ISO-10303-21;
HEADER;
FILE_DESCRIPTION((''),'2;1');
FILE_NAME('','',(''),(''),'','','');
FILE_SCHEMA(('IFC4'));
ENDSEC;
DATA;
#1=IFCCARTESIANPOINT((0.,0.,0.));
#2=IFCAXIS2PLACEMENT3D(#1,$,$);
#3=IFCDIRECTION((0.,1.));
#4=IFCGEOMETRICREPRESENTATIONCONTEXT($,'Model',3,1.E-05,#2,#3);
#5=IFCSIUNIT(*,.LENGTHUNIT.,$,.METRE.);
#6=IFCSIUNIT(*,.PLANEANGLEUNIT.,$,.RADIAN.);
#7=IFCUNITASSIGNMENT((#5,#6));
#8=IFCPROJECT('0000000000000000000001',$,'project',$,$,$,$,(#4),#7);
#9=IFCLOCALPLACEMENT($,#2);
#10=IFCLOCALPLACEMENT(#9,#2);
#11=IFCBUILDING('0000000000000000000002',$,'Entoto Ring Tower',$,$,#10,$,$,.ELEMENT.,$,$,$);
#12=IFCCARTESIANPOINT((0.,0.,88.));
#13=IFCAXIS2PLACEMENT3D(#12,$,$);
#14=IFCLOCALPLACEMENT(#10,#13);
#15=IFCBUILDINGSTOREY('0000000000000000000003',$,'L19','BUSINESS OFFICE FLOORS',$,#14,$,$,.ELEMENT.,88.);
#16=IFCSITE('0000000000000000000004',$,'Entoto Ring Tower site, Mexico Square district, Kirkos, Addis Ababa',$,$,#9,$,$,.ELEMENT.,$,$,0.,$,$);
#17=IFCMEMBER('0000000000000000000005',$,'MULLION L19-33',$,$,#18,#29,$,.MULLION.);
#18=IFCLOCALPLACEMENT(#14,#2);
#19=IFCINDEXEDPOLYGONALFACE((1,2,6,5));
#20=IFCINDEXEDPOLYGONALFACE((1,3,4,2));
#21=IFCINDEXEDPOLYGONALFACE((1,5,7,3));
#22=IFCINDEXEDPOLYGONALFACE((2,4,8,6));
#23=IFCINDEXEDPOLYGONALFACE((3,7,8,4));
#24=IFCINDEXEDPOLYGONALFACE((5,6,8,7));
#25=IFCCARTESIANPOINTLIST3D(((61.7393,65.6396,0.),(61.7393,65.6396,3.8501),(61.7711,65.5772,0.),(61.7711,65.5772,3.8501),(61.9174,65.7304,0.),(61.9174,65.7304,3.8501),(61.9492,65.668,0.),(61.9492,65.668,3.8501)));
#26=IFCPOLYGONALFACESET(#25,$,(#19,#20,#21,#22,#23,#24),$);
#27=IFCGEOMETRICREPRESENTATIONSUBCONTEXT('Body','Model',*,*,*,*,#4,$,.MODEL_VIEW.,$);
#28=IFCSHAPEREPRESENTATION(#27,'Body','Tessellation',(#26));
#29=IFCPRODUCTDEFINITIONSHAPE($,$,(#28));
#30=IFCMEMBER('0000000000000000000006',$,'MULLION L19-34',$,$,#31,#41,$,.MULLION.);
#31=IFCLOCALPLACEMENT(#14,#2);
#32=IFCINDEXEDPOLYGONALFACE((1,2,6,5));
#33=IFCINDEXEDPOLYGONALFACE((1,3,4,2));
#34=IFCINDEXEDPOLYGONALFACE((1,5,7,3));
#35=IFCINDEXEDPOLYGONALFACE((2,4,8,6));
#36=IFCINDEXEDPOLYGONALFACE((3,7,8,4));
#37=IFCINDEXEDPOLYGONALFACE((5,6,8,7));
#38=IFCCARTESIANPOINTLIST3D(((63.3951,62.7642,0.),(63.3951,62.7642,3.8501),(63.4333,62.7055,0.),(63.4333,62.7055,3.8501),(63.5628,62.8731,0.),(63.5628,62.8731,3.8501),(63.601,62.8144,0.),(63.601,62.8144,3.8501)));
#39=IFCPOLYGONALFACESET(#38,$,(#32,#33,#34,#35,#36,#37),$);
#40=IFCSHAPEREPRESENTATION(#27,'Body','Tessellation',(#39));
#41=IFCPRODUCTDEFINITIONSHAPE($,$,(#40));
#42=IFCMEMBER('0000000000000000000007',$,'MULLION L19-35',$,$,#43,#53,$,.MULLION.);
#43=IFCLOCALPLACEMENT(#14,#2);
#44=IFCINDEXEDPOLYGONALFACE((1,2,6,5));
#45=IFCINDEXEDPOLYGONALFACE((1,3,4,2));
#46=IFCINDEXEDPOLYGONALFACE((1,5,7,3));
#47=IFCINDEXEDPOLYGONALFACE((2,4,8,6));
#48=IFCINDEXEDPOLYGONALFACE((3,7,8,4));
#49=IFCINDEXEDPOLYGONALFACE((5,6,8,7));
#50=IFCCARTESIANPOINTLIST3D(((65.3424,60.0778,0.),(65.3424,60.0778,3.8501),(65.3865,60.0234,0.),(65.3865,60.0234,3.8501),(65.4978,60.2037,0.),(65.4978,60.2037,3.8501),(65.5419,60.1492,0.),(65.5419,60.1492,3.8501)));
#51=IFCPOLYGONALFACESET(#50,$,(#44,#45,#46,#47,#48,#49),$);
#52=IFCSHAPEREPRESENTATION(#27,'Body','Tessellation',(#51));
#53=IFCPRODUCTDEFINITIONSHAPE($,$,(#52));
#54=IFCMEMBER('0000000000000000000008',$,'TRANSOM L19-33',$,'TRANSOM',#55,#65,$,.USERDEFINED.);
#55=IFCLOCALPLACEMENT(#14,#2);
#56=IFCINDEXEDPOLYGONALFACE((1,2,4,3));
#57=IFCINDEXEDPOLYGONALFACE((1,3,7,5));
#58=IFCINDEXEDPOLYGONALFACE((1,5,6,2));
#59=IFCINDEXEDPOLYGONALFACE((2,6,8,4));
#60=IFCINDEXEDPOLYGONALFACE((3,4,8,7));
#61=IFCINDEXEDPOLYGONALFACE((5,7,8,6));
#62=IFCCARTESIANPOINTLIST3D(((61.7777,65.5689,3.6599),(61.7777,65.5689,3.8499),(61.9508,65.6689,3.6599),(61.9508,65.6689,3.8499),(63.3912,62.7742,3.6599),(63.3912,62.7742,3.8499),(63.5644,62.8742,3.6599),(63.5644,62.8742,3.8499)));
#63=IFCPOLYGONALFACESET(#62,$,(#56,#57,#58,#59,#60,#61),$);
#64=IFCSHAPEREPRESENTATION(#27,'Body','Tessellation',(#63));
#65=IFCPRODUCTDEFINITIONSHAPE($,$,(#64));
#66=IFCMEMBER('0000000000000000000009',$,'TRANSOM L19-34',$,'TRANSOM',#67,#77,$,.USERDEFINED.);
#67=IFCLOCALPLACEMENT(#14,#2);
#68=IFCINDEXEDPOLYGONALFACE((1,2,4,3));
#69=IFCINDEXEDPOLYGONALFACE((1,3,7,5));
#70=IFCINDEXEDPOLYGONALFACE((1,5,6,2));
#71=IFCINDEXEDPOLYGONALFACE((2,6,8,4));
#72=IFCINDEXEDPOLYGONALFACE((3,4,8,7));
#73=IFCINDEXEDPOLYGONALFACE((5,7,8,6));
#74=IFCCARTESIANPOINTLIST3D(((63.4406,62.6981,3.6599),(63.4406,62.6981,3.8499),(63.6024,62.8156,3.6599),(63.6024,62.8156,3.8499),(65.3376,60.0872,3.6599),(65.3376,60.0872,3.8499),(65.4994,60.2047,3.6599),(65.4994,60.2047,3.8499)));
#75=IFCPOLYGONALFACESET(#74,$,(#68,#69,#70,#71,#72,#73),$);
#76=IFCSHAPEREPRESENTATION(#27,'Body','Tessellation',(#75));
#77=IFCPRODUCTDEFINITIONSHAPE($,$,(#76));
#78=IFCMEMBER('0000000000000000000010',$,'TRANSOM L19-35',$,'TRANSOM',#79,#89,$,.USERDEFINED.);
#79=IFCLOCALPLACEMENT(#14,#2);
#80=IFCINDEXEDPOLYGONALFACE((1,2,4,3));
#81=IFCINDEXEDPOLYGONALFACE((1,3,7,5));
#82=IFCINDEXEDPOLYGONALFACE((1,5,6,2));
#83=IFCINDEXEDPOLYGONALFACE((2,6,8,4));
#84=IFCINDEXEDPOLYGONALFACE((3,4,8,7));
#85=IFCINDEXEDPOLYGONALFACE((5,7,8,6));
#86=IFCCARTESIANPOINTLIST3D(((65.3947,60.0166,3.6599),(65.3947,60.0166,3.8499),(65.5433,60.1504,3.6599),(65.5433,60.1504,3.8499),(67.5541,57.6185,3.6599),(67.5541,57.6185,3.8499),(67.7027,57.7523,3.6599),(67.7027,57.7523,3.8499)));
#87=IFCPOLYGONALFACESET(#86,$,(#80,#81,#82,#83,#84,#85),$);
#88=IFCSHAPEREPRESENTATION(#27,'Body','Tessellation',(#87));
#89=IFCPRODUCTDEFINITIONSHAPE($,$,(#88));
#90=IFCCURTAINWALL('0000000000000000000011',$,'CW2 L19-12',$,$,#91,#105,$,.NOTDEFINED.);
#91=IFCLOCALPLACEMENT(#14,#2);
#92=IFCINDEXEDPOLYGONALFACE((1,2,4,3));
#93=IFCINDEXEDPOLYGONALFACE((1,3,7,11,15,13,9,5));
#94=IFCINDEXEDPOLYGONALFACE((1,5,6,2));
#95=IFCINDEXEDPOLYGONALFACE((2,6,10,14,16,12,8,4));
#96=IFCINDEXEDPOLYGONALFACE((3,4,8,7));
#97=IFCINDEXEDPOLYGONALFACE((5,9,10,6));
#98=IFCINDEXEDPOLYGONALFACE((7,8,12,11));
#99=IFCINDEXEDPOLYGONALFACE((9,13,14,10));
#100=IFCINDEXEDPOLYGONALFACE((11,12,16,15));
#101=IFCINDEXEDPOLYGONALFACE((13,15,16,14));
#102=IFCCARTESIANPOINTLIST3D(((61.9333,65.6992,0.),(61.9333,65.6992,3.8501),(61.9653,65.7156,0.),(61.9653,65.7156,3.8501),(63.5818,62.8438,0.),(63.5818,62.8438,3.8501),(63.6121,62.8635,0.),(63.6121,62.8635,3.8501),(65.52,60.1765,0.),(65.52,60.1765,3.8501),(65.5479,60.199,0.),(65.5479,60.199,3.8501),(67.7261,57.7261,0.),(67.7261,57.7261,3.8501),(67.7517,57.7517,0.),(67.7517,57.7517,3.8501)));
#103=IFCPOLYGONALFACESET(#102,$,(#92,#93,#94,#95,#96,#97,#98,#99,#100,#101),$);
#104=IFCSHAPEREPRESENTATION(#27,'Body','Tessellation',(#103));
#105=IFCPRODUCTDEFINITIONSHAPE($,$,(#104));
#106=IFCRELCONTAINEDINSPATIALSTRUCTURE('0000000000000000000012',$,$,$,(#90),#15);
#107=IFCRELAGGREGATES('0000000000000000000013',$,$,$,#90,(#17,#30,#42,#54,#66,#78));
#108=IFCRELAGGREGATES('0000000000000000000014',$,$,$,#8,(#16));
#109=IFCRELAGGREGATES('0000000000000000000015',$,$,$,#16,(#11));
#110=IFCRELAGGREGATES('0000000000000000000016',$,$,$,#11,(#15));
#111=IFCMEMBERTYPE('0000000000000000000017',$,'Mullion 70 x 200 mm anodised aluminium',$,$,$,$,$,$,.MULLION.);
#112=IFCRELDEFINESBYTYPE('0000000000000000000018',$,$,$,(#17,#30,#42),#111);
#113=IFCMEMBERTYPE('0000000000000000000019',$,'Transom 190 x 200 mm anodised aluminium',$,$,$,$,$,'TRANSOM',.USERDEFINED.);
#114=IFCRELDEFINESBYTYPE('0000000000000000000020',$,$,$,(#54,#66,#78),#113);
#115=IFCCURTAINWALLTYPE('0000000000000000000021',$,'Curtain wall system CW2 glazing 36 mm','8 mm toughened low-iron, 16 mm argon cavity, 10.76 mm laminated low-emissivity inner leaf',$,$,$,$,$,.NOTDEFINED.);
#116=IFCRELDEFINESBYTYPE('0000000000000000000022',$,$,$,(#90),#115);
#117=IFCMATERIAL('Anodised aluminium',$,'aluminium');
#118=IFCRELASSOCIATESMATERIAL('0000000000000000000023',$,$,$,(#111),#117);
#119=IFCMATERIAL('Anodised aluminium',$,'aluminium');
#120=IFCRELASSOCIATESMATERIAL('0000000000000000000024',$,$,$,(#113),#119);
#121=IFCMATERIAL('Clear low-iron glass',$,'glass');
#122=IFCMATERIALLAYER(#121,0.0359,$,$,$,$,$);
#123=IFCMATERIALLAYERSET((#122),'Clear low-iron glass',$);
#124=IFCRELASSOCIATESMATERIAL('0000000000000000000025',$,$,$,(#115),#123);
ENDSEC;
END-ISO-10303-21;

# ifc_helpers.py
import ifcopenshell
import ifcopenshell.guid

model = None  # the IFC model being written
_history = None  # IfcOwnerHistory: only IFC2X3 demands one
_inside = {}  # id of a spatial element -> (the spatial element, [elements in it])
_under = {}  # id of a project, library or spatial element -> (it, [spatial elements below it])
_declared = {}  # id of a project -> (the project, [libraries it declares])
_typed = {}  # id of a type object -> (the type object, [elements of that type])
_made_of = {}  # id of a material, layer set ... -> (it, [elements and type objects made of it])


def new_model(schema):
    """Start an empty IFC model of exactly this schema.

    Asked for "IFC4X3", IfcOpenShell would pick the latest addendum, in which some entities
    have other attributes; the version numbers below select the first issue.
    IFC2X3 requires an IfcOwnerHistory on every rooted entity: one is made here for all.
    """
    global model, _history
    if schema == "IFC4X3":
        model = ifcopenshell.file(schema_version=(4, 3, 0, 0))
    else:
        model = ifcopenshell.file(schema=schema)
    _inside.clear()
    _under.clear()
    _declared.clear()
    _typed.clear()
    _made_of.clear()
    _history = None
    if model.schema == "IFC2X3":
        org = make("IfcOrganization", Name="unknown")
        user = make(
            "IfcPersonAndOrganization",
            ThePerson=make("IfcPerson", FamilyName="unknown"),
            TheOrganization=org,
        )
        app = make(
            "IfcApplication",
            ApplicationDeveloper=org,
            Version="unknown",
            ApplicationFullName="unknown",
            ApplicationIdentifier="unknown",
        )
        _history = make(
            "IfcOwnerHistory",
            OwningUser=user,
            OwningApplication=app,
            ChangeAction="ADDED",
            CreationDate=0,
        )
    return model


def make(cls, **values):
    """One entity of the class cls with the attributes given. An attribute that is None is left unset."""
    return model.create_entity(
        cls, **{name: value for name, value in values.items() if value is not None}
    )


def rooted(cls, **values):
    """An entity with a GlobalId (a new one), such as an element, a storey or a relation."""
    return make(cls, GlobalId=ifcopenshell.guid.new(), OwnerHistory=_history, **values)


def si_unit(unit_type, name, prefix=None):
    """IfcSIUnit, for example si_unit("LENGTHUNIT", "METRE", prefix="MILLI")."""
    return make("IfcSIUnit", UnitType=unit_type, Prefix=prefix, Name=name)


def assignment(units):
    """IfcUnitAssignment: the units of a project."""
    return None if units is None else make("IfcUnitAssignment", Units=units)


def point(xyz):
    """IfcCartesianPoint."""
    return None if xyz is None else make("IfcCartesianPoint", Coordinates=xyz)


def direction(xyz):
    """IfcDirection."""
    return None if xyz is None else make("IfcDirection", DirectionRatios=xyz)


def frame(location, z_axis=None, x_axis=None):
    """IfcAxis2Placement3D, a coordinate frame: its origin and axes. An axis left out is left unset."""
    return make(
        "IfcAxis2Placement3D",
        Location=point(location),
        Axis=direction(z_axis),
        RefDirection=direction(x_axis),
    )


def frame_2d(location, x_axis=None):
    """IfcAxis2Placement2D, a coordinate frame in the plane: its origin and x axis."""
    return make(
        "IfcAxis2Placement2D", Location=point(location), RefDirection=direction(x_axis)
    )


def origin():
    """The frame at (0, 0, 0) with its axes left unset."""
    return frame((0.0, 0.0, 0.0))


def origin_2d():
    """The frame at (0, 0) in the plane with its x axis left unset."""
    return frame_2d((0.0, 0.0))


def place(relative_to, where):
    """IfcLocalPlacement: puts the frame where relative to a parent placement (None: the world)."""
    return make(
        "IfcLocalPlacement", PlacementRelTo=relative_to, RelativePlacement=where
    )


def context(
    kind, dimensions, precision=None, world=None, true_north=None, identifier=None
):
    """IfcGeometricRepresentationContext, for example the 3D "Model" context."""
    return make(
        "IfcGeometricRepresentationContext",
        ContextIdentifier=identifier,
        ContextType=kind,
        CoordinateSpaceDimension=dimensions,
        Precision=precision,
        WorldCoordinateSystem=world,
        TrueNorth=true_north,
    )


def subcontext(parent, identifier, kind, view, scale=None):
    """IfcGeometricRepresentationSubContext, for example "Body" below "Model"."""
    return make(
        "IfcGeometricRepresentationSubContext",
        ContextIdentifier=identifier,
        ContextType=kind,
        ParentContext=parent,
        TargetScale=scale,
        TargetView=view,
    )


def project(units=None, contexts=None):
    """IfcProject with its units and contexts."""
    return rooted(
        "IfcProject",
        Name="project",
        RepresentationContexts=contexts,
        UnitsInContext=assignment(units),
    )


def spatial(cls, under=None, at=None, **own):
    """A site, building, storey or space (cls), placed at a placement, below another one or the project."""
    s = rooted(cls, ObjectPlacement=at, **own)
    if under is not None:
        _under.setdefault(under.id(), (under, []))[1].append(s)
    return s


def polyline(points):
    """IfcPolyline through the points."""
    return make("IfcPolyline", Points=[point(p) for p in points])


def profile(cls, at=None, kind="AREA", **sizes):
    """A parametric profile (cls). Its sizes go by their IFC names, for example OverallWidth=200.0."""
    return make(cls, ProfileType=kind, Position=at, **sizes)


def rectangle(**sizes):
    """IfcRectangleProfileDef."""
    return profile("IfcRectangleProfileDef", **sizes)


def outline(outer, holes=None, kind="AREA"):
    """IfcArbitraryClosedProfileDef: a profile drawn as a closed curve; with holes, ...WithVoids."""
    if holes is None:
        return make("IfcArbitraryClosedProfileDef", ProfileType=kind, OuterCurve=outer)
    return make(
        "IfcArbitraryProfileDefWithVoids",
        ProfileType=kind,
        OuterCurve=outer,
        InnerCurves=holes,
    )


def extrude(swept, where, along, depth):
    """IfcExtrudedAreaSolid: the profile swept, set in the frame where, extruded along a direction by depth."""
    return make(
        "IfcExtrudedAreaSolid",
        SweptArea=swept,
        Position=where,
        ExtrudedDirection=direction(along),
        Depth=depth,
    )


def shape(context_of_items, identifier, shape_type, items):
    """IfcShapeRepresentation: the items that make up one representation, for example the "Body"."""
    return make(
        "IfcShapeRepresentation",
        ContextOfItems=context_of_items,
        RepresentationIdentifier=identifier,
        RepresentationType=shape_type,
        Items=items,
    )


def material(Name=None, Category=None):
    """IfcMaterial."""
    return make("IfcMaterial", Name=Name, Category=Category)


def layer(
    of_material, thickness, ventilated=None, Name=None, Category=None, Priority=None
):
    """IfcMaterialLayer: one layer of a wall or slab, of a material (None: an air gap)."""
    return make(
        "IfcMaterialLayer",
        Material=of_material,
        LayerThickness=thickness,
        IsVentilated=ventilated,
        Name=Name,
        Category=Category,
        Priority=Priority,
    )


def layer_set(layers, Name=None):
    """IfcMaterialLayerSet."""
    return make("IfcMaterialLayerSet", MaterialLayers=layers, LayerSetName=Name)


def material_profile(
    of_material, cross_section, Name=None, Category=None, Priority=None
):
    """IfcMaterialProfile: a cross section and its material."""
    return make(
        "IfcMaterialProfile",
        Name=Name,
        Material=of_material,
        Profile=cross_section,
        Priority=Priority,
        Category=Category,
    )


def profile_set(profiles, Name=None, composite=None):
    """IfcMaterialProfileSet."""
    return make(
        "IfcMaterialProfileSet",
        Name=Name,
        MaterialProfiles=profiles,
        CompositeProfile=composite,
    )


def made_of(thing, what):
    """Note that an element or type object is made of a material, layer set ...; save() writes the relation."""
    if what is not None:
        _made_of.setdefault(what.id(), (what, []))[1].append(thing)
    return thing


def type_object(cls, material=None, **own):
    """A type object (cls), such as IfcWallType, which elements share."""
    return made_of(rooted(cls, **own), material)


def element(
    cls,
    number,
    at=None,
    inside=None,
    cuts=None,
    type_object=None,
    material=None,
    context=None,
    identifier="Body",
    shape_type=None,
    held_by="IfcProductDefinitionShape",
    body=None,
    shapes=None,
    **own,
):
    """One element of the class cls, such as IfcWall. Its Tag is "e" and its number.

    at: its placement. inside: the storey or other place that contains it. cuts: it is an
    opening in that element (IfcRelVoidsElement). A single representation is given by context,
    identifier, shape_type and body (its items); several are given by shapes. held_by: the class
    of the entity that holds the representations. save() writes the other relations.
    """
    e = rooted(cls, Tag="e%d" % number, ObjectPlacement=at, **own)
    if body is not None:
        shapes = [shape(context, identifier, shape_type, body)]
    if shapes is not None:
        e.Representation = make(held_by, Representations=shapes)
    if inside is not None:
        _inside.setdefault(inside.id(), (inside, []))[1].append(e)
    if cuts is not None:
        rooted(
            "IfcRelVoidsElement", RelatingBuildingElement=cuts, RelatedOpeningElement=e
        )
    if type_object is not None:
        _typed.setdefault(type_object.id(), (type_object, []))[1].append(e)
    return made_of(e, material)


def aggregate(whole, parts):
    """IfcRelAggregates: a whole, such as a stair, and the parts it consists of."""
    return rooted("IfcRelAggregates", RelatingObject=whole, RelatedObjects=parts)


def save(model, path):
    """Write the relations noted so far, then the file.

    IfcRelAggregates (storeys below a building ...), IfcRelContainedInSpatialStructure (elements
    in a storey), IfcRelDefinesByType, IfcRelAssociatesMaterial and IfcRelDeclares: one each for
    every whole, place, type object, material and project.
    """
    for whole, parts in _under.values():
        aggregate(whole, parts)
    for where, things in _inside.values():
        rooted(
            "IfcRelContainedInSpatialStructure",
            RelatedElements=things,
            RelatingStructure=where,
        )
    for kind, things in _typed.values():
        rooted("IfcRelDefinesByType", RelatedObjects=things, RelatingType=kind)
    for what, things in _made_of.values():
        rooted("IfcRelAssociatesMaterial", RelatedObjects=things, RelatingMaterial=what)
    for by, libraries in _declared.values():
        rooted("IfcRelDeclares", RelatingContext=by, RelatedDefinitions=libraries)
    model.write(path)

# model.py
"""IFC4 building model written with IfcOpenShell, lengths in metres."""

from ifc_helpers import new_model, si_unit, direction, frame, origin, origin_2d, place, context, subcontext, project, spatial, polyline, rectangle, outline, extrude, material, layer, layer_set, material_profile, profile_set, type_object, element, aggregate, save


model = new_model("IFC4")

# Units and contexts
model_context = context("Model", 3, precision=1e-05, world=origin(), true_north=direction((0.0, 1.0)))
body_context = subcontext(model_context, "Body", "Model", "MODEL_VIEW")
ifc_project = project(units=[si_unit("LENGTHUNIT", "METRE"), si_unit("PLANEANGLEUNIT", "RADIAN")], contexts=[model_context])

# Members
ifc_material_1 = material(Name="Anodised aluminium", Category="aluminium")
ifc_material_profile_1 = material_profile(ifc_material_1, rectangle(XDim=0.0701, YDim=0.2, at=origin_2d()), Name="Mullion 70 x 200 mm anodised aluminium")
ifc_profile_set_1 = profile_set([ifc_material_profile_1], Name="Anodised aluminium")
member_type_1 = type_object("IfcMemberType", Name="Mullion 70 x 200 mm anodised aluminium", PredefinedType="MULLION", material=ifc_profile_set_1)
site_placement = place(None, origin())
building_placement = place(site_placement, origin())
storey_placement = place(building_placement, frame((0.0, 0.0, 88.0)))
member_1_placement = place(storey_placement, frame((61.8442, 65.6538, 0.0), z_axis=(0.0, 0.0, 1.0), x_axis=(0.45399, -0.891007, 0.0)))
member_1 = element("IfcMember", 1, at=member_1_placement, type_object=member_type_1, Name="MULLION L19-33", PredefinedType="MULLION", context=body_context, shape_type="SweptSolid", body=[
    extrude(rectangle(XDim=0.0701, YDim=0.2, at=origin_2d()), origin(), (0.0, 0.0, 1.0), 3.8501),
])
member_2_placement = place(storey_placement, frame((63.498, 62.7893, 0.0), z_axis=(0.0, 0.0, 1.0), x_axis=(0.544639, -0.838671, 0.0)))
member_2 = element("IfcMember", 2, at=member_2_placement, type_object=member_type_1, Name="MULLION L19-34", PredefinedType="MULLION", context=body_context, shape_type="SweptSolid", body=[
    extrude(rectangle(XDim=0.0701, YDim=0.2, at=origin_2d()), origin(), (0.0, 0.0, 1.0), 3.8501),
])
member_3_placement = place(storey_placement, frame((65.4421, 60.1135, 0.0), z_axis=(0.0, 0.0, 1.0), x_axis=(0.62932, -0.777146, 0.0)))
member_3 = element("IfcMember", 3, at=member_3_placement, type_object=member_type_1, Name="MULLION L19-35", PredefinedType="MULLION", context=body_context, shape_type="SweptSolid", body=[
    extrude(rectangle(XDim=0.0701, YDim=0.2, at=origin_2d()), origin(), (0.0, 0.0, 1.0), 3.8501),
])
ifc_material_2 = material(Name="Anodised aluminium", Category="aluminium")
ifc_material_profile_2 = material_profile(ifc_material_2, rectangle(XDim=0.2, YDim=0.1899, at=origin_2d()), Name="Transom 190 x 200 mm anodised aluminium")
ifc_profile_set_2 = profile_set([ifc_material_profile_2], Name="Anodised aluminium")
member_type_2 = type_object("IfcMemberType", Name="Transom 190 x 200 mm anodised aluminium", ElementType="TRANSOM", PredefinedType="USERDEFINED", material=ifc_profile_set_2)
member_4_placement = place(storey_placement, frame((61.8643, 65.6189, 3.7549), z_axis=(0.500004, -0.866023, 0.0), x_axis=(0.866023, 0.500004, 0.0)))
member_4 = element("IfcMember", 4, at=member_4_placement, type_object=member_type_2, Name="TRANSOM L19-33", ObjectType="TRANSOM", PredefinedType="USERDEFINED", context=body_context, shape_type="SweptSolid", body=[
    extrude(rectangle(XDim=0.2, YDim=0.1899, at=origin_2d()), origin(), (0.0, 0.0, 1.0), 3.2271),
])
member_5_placement = place(storey_placement, frame((63.5215, 62.7568, 3.7549), z_axis=(0.587803, -0.809004, 0.0), x_axis=(0.809004, 0.587803, 0.0)))
member_5 = element("IfcMember", 5, at=member_5_placement, type_object=member_type_2, Name="TRANSOM L19-34", ObjectType="TRANSOM", PredefinedType="USERDEFINED", context=body_context, shape_type="SweptSolid", body=[
    extrude(rectangle(XDim=0.2, YDim=0.1899, at=origin_2d()), origin(), (0.0, 0.0, 1.0), 3.2273),
])
member_6_placement = place(storey_placement, frame((65.469, 60.0835, 3.7549), z_axis=(0.669144, -0.743132, 0.0), x_axis=(0.743132, 0.669144, 0.0)))
member_6 = element("IfcMember", 6, at=member_6_placement, type_object=member_type_2, Name="TRANSOM L19-35", ObjectType="TRANSOM", PredefinedType="USERDEFINED", context=body_context, shape_type="SweptSolid", body=[
    extrude(rectangle(XDim=0.2, YDim=0.1899, at=origin_2d()), origin(), (0.0, 0.0, 1.0), 3.2271),
])

# Site, building, storey
site = spatial("IfcSite", under=ifc_project, at=site_placement, Name="Entoto Ring Tower site, Mexico Square district, Kirkos, Addis Ababa", CompositionType="ELEMENT", RefElevation=0.0)
building = spatial("IfcBuilding", under=site, at=building_placement, Name="Entoto Ring Tower", CompositionType="ELEMENT")
storey = spatial("IfcBuildingStorey", under=building, at=storey_placement, Name="L19", Description="BUSINESS OFFICE FLOORS", CompositionType="ELEMENT", Elevation=88.0)

# Curtain wall
ifc_material_3 = material(Name="Clear low-iron glass", Category="glass")
ifc_layer = layer(ifc_material_3, 0.0359)
ifc_layer_set = layer_set([ifc_layer], Name="Clear low-iron glass")
curtain_wall_type = type_object("IfcCurtainWallType", Name="Curtain wall system CW2 glazing 36 mm", Description="8 mm toughened low-iron, 16 mm argon cavity, 10.76 mm laminated low-emissivity inner leaf", PredefinedType="NOTDEFINED", material=ifc_layer_set)
curtain_wall_1_placement = place(storey_placement, origin())
curtain_wall_1 = element("IfcCurtainWall", 7, at=curtain_wall_1_placement, inside=storey, type_object=curtain_wall_type, Name="CW2 L19-12", PredefinedType="NOTDEFINED", context=body_context, shape_type="SweptSolid", body=[
    extrude(outline(polyline([(61.9333, 65.6992), (63.5818, 62.8438), (65.52, 60.1765), (67.7261, 57.7261), (67.7517, 57.7517), (65.5479, 60.199), (63.6121, 62.8635), (61.9653, 65.7156), (61.9333, 65.6992)])), origin(), (0.0, 0.0, 1.0), 3.8501),
])
aggregate(curtain_wall_1, [member_1, member_2, member_3, member_4, member_5, member_6])

save(model, "model.ifc")
